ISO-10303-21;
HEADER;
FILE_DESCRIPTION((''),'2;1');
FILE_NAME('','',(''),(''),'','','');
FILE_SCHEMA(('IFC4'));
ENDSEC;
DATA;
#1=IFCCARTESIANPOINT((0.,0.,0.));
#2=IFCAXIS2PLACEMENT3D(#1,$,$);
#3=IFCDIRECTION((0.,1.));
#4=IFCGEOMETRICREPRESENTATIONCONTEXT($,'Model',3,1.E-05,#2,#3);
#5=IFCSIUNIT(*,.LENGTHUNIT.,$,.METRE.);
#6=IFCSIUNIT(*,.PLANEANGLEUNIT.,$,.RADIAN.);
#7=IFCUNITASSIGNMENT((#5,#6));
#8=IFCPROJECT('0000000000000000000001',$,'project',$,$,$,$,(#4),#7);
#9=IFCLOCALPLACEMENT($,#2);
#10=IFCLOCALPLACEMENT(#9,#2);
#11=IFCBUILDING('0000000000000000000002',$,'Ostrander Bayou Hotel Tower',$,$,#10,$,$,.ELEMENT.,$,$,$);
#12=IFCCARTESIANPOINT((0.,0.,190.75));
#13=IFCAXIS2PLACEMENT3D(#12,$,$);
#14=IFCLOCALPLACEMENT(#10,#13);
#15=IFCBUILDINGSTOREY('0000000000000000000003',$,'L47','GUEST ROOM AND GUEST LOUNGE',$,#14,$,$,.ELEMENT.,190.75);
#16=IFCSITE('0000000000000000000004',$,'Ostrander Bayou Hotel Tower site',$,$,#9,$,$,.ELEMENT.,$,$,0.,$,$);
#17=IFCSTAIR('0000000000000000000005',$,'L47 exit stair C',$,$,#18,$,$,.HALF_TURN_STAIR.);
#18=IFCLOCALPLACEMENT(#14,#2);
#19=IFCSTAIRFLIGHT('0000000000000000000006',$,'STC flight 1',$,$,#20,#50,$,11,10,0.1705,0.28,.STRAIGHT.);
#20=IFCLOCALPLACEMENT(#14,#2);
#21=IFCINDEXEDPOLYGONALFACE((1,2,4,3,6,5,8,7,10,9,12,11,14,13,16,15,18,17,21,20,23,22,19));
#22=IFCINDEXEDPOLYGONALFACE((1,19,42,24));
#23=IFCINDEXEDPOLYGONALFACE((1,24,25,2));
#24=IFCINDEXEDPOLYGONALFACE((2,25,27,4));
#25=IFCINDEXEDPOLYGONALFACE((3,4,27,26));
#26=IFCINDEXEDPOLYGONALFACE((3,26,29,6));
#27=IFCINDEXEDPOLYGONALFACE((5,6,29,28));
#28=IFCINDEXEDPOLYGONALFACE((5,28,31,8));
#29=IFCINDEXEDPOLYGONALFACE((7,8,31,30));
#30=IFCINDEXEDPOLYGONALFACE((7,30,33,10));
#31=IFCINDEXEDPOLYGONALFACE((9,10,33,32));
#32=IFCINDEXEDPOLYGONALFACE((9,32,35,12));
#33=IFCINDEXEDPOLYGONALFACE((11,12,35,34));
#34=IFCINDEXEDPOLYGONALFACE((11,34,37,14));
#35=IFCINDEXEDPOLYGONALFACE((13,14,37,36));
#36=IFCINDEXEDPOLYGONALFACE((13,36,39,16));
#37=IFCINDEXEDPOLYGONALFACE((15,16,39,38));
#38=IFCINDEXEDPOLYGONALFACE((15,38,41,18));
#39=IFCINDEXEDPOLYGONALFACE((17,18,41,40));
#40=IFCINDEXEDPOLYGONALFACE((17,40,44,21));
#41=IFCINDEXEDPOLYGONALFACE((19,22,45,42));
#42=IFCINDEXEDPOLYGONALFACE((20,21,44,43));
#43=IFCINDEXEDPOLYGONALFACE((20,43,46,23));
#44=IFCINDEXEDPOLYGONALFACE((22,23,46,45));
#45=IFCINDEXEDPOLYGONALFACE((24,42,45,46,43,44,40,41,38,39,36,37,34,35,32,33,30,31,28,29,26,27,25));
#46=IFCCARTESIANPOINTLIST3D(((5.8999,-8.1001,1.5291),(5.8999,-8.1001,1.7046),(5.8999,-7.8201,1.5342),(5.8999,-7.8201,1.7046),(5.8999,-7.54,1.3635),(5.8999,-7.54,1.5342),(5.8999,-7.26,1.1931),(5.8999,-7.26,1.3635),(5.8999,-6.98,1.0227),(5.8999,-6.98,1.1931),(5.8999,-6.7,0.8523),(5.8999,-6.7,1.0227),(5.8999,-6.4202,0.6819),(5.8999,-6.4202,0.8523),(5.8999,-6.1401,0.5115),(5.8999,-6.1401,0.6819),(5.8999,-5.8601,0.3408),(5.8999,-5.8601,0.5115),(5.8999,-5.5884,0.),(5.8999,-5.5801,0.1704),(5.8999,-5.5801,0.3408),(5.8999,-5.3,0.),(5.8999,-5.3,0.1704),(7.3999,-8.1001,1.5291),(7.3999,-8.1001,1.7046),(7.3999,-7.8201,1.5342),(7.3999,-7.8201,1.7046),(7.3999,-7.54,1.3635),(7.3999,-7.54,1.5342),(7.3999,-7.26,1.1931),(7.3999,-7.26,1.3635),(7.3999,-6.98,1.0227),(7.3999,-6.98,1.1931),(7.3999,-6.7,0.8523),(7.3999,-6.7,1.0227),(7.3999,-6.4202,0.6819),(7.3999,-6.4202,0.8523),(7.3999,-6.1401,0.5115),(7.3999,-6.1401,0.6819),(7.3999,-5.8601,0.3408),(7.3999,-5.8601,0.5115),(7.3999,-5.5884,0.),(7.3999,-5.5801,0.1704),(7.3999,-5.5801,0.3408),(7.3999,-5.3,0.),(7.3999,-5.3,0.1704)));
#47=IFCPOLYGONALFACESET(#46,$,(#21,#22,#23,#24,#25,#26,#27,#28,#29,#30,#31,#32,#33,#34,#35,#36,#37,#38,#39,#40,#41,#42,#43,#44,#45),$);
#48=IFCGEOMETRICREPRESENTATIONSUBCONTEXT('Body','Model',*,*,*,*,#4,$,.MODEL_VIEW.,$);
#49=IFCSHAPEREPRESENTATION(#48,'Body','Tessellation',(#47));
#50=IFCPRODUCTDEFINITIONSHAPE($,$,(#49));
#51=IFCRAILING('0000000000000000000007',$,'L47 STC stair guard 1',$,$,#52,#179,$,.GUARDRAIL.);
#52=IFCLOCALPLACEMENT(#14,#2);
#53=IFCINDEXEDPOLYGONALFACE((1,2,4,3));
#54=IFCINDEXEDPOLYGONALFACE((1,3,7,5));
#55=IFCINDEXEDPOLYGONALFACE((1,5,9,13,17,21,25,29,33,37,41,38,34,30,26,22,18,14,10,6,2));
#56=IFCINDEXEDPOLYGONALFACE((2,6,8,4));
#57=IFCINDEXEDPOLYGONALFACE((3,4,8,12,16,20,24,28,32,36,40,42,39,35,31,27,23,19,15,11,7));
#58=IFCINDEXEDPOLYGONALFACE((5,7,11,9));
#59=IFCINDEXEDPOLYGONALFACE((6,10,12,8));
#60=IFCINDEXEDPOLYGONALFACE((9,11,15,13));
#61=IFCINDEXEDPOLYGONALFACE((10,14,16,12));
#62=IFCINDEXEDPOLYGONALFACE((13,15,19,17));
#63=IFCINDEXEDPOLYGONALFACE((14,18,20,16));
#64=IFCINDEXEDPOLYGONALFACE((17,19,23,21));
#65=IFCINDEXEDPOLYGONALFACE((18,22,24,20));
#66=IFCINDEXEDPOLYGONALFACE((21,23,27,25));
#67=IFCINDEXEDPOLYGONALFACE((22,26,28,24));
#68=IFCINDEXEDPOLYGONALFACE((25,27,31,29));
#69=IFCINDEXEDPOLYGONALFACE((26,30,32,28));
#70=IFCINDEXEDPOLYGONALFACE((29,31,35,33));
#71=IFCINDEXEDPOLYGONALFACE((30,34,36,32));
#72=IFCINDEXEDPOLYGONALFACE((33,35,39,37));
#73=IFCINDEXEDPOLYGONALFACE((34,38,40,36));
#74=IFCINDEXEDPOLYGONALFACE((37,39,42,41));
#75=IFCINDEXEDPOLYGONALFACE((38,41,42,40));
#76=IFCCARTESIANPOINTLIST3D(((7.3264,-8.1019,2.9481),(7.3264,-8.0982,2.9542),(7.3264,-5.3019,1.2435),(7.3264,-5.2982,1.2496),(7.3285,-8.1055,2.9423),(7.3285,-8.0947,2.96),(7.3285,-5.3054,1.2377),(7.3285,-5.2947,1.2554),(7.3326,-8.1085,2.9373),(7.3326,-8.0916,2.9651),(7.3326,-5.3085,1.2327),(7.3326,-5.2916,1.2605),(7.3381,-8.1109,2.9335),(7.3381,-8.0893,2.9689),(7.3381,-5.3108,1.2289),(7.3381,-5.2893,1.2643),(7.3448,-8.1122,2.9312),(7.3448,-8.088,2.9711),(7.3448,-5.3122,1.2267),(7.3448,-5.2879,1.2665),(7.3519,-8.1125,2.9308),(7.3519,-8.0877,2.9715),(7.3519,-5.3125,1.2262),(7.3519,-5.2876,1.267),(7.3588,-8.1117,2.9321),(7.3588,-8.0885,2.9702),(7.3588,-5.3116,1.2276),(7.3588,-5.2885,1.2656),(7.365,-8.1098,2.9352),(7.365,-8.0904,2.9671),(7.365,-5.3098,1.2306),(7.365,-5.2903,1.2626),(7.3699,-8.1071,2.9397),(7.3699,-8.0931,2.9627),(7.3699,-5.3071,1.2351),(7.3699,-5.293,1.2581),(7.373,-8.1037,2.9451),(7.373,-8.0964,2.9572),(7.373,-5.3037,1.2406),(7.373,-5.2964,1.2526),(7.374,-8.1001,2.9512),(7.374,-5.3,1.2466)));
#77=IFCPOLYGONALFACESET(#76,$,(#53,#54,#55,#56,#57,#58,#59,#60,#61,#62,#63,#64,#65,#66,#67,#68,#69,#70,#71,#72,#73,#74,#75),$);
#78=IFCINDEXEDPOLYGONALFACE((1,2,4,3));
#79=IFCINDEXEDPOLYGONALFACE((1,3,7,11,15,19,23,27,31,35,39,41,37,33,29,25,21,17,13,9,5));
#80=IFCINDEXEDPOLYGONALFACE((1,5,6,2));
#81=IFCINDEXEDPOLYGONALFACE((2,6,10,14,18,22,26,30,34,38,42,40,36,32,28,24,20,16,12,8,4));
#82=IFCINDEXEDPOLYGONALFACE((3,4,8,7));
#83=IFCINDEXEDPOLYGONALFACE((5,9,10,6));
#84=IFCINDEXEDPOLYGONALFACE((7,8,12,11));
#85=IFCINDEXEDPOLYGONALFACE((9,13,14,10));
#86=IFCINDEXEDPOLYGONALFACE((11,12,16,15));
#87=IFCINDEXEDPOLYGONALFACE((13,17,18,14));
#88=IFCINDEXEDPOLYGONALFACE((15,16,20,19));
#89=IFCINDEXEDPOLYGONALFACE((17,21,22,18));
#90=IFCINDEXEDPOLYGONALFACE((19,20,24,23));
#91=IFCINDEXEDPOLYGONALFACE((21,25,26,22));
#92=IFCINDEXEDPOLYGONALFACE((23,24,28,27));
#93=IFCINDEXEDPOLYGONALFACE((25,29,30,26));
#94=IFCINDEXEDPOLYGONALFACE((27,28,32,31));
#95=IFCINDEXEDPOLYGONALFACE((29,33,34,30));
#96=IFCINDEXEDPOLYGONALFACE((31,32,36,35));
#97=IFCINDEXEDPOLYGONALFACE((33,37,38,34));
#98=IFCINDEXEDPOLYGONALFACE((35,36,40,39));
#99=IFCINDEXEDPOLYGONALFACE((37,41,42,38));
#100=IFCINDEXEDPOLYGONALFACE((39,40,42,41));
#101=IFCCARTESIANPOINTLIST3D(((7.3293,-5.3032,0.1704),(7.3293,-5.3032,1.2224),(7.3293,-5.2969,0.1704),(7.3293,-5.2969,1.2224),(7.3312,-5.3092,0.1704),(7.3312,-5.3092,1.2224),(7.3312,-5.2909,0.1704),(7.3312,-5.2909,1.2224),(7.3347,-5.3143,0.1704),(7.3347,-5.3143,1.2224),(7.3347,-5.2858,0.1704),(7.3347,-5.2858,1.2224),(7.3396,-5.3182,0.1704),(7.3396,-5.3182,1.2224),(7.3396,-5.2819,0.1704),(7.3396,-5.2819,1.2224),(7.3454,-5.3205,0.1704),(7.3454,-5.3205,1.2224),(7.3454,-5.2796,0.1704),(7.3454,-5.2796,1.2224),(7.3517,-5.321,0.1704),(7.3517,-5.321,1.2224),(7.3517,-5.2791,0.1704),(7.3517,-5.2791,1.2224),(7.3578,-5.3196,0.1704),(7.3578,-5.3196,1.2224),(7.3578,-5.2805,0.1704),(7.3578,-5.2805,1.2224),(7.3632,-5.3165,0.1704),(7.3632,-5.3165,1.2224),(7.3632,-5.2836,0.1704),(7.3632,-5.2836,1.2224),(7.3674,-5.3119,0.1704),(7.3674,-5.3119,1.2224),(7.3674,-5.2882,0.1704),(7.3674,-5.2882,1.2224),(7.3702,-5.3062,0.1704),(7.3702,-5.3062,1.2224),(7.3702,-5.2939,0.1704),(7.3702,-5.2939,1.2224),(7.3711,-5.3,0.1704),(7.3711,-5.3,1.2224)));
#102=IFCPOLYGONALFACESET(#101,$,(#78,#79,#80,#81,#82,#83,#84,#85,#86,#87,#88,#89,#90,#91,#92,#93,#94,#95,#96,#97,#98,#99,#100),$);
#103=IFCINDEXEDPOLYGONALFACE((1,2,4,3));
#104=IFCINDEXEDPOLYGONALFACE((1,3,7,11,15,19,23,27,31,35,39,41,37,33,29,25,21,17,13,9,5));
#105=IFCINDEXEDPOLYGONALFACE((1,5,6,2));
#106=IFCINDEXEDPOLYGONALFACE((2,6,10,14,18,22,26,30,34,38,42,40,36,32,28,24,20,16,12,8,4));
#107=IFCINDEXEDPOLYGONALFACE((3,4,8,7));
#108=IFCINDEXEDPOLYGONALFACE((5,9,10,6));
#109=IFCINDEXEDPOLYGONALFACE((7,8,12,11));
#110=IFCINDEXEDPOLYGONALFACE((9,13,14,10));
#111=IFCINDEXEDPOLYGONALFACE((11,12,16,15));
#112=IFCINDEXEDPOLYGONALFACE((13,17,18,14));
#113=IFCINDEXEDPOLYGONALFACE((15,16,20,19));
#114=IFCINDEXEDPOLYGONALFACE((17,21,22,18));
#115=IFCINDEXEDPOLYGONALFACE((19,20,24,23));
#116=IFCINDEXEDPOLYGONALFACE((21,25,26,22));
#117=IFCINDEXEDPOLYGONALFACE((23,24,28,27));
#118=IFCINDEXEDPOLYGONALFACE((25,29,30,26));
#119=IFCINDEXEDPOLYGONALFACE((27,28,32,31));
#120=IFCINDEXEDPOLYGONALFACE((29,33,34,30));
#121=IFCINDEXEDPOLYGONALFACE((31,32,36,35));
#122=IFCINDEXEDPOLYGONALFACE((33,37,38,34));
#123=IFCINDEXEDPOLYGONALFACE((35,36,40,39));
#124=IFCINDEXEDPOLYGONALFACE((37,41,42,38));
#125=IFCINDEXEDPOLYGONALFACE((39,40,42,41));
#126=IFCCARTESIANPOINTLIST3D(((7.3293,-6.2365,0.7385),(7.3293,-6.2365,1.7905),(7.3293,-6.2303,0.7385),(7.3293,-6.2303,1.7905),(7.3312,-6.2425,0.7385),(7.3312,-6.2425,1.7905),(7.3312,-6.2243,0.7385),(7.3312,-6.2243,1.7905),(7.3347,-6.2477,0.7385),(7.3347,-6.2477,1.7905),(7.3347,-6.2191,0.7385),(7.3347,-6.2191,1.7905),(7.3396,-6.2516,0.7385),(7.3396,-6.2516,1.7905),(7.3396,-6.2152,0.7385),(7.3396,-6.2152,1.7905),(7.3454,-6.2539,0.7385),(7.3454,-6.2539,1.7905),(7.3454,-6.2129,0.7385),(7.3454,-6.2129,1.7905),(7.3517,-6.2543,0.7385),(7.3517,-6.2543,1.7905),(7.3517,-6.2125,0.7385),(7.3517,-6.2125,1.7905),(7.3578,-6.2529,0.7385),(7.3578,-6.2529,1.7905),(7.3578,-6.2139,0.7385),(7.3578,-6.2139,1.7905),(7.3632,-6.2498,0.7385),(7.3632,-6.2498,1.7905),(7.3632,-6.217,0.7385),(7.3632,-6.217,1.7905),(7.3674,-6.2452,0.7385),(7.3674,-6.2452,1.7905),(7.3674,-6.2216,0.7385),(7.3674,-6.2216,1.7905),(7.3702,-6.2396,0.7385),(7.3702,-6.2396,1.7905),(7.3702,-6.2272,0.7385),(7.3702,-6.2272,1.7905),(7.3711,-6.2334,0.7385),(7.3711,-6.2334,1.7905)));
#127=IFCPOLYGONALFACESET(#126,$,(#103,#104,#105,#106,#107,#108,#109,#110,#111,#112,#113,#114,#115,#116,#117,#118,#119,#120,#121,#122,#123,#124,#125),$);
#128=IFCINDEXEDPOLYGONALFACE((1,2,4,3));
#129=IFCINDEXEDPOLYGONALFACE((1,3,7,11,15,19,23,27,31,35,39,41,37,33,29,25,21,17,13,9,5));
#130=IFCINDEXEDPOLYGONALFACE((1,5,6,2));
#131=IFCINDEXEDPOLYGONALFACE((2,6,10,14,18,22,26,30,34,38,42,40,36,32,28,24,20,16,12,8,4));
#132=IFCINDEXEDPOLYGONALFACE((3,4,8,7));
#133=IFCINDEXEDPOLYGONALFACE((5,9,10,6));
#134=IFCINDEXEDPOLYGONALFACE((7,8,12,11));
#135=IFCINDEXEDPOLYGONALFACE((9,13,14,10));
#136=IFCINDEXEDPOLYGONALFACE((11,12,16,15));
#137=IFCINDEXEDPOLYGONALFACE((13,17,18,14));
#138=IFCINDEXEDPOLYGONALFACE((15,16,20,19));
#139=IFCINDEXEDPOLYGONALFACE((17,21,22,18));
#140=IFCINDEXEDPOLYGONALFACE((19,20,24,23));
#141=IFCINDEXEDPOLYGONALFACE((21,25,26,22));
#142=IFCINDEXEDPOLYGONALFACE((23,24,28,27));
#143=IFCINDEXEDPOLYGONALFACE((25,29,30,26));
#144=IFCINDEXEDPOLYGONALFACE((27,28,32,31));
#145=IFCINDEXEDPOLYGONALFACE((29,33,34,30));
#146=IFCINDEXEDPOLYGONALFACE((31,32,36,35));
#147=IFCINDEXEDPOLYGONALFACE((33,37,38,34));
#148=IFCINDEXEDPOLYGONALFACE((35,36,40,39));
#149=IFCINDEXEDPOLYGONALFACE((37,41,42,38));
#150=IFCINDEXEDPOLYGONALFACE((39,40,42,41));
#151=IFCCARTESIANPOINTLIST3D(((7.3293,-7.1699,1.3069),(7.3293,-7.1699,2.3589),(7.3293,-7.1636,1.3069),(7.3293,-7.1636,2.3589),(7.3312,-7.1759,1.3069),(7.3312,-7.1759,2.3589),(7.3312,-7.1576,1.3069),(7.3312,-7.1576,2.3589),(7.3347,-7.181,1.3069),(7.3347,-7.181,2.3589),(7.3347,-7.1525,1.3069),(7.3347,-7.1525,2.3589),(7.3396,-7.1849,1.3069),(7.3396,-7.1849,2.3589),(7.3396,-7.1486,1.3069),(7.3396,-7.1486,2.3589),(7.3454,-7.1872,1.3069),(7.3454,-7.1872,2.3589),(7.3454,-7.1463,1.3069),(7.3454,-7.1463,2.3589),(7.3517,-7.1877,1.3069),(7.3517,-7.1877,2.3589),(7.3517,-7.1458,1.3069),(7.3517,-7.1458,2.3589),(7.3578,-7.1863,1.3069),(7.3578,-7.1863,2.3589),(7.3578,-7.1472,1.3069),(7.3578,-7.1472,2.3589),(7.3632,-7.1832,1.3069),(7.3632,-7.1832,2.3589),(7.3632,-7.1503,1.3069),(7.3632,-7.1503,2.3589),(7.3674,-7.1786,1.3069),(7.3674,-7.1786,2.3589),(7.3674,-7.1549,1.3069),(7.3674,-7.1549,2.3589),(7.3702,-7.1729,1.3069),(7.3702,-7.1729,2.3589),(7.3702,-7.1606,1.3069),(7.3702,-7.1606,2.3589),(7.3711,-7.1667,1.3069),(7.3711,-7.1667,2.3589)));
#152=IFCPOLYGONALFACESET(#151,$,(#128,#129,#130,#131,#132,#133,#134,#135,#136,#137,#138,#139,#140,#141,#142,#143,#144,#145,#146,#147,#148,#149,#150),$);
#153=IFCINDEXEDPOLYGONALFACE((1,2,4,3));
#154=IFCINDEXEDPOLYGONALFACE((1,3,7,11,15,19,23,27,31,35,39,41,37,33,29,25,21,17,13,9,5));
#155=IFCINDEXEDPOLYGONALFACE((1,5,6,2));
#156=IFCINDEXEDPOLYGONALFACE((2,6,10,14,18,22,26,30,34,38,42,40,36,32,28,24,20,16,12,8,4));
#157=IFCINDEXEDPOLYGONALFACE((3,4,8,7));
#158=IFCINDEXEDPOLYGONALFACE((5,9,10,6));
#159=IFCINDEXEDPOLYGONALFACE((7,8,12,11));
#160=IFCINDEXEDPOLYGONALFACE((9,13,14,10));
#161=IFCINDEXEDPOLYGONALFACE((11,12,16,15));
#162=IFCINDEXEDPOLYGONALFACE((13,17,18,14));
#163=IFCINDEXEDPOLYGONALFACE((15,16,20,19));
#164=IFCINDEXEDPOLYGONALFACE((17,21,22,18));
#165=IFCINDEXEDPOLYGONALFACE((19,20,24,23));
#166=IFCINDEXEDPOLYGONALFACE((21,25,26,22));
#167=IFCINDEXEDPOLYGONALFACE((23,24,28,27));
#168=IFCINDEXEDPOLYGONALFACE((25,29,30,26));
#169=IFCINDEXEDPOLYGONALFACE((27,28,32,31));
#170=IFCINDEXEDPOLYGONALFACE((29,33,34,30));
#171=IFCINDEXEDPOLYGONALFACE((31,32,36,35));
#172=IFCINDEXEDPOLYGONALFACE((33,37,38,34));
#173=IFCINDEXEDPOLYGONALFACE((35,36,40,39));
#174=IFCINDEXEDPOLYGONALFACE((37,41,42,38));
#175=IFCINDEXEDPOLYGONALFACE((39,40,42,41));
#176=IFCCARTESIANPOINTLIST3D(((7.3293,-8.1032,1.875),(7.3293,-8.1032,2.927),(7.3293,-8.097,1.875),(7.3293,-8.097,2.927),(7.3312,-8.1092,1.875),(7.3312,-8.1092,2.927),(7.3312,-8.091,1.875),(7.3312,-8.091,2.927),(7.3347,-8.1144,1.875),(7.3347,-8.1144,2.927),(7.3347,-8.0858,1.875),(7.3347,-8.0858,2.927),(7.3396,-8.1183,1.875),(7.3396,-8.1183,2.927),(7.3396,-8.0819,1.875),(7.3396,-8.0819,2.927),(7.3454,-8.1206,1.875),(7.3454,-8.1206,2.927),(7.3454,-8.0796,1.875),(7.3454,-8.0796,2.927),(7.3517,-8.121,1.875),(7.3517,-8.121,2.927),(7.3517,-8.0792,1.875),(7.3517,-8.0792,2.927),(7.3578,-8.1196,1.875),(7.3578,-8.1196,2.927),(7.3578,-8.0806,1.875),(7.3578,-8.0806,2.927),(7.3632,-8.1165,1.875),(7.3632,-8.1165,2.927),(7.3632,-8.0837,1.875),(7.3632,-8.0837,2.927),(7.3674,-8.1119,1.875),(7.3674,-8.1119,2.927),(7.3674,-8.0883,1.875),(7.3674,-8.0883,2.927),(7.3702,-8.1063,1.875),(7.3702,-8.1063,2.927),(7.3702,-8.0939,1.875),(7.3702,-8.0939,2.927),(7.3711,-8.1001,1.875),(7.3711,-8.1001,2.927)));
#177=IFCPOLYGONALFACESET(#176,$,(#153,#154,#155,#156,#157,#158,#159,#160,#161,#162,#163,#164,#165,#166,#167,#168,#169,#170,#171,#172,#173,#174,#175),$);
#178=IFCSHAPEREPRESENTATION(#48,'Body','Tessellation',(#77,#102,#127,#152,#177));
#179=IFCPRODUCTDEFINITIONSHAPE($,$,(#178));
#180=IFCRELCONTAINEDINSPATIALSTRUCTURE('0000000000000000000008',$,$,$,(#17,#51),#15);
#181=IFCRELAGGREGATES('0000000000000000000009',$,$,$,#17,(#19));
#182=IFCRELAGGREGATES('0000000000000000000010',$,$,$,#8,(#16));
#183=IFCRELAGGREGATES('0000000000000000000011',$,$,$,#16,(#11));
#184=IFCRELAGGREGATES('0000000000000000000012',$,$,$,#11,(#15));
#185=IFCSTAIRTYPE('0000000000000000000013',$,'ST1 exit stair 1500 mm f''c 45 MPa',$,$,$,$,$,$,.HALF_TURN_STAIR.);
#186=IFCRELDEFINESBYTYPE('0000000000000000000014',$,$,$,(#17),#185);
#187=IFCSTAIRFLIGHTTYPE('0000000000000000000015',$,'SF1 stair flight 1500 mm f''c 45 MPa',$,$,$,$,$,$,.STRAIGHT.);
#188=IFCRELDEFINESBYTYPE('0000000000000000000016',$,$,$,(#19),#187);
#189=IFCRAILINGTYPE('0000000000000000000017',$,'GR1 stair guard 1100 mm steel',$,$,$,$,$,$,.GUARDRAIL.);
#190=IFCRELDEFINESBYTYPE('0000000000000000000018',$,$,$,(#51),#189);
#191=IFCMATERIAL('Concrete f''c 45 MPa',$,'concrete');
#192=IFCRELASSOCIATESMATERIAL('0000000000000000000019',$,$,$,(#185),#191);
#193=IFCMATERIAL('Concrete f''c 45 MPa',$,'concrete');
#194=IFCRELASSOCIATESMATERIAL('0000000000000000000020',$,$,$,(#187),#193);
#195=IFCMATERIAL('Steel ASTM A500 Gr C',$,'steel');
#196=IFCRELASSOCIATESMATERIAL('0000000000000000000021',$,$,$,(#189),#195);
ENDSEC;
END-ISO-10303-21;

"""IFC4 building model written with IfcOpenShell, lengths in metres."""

from ifc_helpers import new_model, si_unit, direction, frame, origin, origin_2d, place, context, subcontext, project, spatial, polyline, circle, outline, extrude, material, type_object, element, aggregate, save


model = new_model("IFC4")

# Units and contexts
model_context = context("Model", 3, precision=1e-05, world=origin(), true_north=direction((0.0, 1.0)))
body_context = subcontext(model_context, "Body", "Model", "MODEL_VIEW")
ifc_project = project(units=[si_unit("LENGTHUNIT", "METRE"), si_unit("PLANEANGLEUNIT", "RADIAN")], contexts=[model_context])

# Site, building, storey
site_placement = place(None, origin())
site = spatial("IfcSite", under=ifc_project, at=site_placement, Name="Ostrander Bayou Hotel Tower site", CompositionType="ELEMENT", RefElevation=0.0)
building_placement = place(site_placement, origin())
building = spatial("IfcBuilding", under=site, at=building_placement, Name="Ostrander Bayou Hotel Tower", CompositionType="ELEMENT")
storey_placement = place(building_placement, frame((0.0, 0.0, 190.75)))
storey = spatial("IfcBuildingStorey", under=building, at=storey_placement, Name="L47", Description="GUEST ROOM AND GUEST LOUNGE", CompositionType="ELEMENT", Elevation=190.75)

# Stair, stair flight
ifc_material_1 = material(Name="Concrete f'c 45 MPa", Category="concrete")
stair_type = type_object("IfcStairType", Name="ST1 exit stair 1500 mm f'c 45 MPa", PredefinedType="HALF_TURN_STAIR", material=ifc_material_1)
stair_placement = place(storey_placement, origin())
stair = element("IfcStair", 1, at=stair_placement, inside=storey, type_object=stair_type, Name="L47 exit stair C", PredefinedType="HALF_TURN_STAIR")
ifc_material_2 = material(Name="Concrete f'c 45 MPa", Category="concrete")
stair_flight_type = type_object("IfcStairFlightType", Name="SF1 stair flight 1500 mm f'c 45 MPa", PredefinedType="STRAIGHT", material=ifc_material_2)
stair_flight_placement = place(storey_placement, frame((6.6499, -5.3, 0.0), z_axis=(0.0, 0.0, 1.0), x_axis=(0.0, -1.0, 0.0)))
stair_flight = element("IfcStairFlight", 2, at=stair_flight_placement, type_object=stair_flight_type, Name="STC flight 1", NumberOfRisers=11, NumberOfTreads=10, PredefinedType="STRAIGHT", RiserHeight=0.1705, TreadLength=0.28, context=body_context, shape_type="SweptSolid", body=[
    extrude(outline(polyline([(0.0, 0.0), (0.0, 0.1704), (0.28, 0.1704), (0.28, 0.3408), (0.5601, 0.3408), (0.5601, 0.5115), (0.8401, 0.5115), (0.8401, 0.6819), (1.1201, 0.6819), (1.1201, 0.8523), (1.3999, 0.8523), (1.3999, 1.0227), (1.6799, 1.0227), (1.6799, 1.1931), (1.96, 1.1931), (1.96, 1.3635), (2.24, 1.3635), (2.24, 1.5342), (2.52, 1.5342), (2.52, 1.7046), (2.8, 1.7046), (2.8, 1.875), (2.8, 1.5291), (0.2883, 0.0), (0.0, 0.0)])), frame((0.0, 0.75, 0.0), z_axis=(0.0, -1.0, 0.0), x_axis=(1.0, 0.0, 0.0)), (0.0, 0.0, 1.0), 1.5),
])
aggregate(stair, [stair_flight])

# Railing
ifc_material_3 = material(Name="Steel ASTM A500 Gr C", Category="steel")
railing_type_1 = type_object("IfcRailingType", Name="GR1 stair guard 1100 mm steel", PredefinedType="GUARDRAIL", material=ifc_material_3)
railing_1_placement = place(storey_placement, frame((7.3501, -5.3, 0.1704)))
element("IfcRailing", 3, at=railing_1_placement, inside=storey, type_object=railing_type_1, Name="L47 STC stair guard 1", PredefinedType="GUARDRAIL", context=body_context, shape_type="SweptSolid", body=[
    extrude(circle(Radius=0.0239, at=origin_2d()), frame((0.0, 0.0, 1.0762), z_axis=(0.0, -0.85417, 0.519994), x_axis=(1.0, 0.0, 0.0)), (0.0, 0.0, 1.0), 3.2781),
    extrude(circle(Radius=0.021, at=origin_2d()), origin(), (0.0, 0.0, 1.0), 1.052),
    extrude(circle(Radius=0.021, at=origin_2d()), frame((0.0, -0.9333, 0.5681)), (0.0, 0.0, 1.0), 1.052),
    extrude(circle(Radius=0.021, at=origin_2d()), frame((0.0, -1.8667, 1.1365)), (0.0, 0.0, 1.0), 1.052),
    extrude(circle(Radius=0.021, at=origin_2d()), frame((0.0, -2.8, 1.7046)), (0.0, 0.0, 1.0), 1.052),
])

save(model, "model.ifc")
